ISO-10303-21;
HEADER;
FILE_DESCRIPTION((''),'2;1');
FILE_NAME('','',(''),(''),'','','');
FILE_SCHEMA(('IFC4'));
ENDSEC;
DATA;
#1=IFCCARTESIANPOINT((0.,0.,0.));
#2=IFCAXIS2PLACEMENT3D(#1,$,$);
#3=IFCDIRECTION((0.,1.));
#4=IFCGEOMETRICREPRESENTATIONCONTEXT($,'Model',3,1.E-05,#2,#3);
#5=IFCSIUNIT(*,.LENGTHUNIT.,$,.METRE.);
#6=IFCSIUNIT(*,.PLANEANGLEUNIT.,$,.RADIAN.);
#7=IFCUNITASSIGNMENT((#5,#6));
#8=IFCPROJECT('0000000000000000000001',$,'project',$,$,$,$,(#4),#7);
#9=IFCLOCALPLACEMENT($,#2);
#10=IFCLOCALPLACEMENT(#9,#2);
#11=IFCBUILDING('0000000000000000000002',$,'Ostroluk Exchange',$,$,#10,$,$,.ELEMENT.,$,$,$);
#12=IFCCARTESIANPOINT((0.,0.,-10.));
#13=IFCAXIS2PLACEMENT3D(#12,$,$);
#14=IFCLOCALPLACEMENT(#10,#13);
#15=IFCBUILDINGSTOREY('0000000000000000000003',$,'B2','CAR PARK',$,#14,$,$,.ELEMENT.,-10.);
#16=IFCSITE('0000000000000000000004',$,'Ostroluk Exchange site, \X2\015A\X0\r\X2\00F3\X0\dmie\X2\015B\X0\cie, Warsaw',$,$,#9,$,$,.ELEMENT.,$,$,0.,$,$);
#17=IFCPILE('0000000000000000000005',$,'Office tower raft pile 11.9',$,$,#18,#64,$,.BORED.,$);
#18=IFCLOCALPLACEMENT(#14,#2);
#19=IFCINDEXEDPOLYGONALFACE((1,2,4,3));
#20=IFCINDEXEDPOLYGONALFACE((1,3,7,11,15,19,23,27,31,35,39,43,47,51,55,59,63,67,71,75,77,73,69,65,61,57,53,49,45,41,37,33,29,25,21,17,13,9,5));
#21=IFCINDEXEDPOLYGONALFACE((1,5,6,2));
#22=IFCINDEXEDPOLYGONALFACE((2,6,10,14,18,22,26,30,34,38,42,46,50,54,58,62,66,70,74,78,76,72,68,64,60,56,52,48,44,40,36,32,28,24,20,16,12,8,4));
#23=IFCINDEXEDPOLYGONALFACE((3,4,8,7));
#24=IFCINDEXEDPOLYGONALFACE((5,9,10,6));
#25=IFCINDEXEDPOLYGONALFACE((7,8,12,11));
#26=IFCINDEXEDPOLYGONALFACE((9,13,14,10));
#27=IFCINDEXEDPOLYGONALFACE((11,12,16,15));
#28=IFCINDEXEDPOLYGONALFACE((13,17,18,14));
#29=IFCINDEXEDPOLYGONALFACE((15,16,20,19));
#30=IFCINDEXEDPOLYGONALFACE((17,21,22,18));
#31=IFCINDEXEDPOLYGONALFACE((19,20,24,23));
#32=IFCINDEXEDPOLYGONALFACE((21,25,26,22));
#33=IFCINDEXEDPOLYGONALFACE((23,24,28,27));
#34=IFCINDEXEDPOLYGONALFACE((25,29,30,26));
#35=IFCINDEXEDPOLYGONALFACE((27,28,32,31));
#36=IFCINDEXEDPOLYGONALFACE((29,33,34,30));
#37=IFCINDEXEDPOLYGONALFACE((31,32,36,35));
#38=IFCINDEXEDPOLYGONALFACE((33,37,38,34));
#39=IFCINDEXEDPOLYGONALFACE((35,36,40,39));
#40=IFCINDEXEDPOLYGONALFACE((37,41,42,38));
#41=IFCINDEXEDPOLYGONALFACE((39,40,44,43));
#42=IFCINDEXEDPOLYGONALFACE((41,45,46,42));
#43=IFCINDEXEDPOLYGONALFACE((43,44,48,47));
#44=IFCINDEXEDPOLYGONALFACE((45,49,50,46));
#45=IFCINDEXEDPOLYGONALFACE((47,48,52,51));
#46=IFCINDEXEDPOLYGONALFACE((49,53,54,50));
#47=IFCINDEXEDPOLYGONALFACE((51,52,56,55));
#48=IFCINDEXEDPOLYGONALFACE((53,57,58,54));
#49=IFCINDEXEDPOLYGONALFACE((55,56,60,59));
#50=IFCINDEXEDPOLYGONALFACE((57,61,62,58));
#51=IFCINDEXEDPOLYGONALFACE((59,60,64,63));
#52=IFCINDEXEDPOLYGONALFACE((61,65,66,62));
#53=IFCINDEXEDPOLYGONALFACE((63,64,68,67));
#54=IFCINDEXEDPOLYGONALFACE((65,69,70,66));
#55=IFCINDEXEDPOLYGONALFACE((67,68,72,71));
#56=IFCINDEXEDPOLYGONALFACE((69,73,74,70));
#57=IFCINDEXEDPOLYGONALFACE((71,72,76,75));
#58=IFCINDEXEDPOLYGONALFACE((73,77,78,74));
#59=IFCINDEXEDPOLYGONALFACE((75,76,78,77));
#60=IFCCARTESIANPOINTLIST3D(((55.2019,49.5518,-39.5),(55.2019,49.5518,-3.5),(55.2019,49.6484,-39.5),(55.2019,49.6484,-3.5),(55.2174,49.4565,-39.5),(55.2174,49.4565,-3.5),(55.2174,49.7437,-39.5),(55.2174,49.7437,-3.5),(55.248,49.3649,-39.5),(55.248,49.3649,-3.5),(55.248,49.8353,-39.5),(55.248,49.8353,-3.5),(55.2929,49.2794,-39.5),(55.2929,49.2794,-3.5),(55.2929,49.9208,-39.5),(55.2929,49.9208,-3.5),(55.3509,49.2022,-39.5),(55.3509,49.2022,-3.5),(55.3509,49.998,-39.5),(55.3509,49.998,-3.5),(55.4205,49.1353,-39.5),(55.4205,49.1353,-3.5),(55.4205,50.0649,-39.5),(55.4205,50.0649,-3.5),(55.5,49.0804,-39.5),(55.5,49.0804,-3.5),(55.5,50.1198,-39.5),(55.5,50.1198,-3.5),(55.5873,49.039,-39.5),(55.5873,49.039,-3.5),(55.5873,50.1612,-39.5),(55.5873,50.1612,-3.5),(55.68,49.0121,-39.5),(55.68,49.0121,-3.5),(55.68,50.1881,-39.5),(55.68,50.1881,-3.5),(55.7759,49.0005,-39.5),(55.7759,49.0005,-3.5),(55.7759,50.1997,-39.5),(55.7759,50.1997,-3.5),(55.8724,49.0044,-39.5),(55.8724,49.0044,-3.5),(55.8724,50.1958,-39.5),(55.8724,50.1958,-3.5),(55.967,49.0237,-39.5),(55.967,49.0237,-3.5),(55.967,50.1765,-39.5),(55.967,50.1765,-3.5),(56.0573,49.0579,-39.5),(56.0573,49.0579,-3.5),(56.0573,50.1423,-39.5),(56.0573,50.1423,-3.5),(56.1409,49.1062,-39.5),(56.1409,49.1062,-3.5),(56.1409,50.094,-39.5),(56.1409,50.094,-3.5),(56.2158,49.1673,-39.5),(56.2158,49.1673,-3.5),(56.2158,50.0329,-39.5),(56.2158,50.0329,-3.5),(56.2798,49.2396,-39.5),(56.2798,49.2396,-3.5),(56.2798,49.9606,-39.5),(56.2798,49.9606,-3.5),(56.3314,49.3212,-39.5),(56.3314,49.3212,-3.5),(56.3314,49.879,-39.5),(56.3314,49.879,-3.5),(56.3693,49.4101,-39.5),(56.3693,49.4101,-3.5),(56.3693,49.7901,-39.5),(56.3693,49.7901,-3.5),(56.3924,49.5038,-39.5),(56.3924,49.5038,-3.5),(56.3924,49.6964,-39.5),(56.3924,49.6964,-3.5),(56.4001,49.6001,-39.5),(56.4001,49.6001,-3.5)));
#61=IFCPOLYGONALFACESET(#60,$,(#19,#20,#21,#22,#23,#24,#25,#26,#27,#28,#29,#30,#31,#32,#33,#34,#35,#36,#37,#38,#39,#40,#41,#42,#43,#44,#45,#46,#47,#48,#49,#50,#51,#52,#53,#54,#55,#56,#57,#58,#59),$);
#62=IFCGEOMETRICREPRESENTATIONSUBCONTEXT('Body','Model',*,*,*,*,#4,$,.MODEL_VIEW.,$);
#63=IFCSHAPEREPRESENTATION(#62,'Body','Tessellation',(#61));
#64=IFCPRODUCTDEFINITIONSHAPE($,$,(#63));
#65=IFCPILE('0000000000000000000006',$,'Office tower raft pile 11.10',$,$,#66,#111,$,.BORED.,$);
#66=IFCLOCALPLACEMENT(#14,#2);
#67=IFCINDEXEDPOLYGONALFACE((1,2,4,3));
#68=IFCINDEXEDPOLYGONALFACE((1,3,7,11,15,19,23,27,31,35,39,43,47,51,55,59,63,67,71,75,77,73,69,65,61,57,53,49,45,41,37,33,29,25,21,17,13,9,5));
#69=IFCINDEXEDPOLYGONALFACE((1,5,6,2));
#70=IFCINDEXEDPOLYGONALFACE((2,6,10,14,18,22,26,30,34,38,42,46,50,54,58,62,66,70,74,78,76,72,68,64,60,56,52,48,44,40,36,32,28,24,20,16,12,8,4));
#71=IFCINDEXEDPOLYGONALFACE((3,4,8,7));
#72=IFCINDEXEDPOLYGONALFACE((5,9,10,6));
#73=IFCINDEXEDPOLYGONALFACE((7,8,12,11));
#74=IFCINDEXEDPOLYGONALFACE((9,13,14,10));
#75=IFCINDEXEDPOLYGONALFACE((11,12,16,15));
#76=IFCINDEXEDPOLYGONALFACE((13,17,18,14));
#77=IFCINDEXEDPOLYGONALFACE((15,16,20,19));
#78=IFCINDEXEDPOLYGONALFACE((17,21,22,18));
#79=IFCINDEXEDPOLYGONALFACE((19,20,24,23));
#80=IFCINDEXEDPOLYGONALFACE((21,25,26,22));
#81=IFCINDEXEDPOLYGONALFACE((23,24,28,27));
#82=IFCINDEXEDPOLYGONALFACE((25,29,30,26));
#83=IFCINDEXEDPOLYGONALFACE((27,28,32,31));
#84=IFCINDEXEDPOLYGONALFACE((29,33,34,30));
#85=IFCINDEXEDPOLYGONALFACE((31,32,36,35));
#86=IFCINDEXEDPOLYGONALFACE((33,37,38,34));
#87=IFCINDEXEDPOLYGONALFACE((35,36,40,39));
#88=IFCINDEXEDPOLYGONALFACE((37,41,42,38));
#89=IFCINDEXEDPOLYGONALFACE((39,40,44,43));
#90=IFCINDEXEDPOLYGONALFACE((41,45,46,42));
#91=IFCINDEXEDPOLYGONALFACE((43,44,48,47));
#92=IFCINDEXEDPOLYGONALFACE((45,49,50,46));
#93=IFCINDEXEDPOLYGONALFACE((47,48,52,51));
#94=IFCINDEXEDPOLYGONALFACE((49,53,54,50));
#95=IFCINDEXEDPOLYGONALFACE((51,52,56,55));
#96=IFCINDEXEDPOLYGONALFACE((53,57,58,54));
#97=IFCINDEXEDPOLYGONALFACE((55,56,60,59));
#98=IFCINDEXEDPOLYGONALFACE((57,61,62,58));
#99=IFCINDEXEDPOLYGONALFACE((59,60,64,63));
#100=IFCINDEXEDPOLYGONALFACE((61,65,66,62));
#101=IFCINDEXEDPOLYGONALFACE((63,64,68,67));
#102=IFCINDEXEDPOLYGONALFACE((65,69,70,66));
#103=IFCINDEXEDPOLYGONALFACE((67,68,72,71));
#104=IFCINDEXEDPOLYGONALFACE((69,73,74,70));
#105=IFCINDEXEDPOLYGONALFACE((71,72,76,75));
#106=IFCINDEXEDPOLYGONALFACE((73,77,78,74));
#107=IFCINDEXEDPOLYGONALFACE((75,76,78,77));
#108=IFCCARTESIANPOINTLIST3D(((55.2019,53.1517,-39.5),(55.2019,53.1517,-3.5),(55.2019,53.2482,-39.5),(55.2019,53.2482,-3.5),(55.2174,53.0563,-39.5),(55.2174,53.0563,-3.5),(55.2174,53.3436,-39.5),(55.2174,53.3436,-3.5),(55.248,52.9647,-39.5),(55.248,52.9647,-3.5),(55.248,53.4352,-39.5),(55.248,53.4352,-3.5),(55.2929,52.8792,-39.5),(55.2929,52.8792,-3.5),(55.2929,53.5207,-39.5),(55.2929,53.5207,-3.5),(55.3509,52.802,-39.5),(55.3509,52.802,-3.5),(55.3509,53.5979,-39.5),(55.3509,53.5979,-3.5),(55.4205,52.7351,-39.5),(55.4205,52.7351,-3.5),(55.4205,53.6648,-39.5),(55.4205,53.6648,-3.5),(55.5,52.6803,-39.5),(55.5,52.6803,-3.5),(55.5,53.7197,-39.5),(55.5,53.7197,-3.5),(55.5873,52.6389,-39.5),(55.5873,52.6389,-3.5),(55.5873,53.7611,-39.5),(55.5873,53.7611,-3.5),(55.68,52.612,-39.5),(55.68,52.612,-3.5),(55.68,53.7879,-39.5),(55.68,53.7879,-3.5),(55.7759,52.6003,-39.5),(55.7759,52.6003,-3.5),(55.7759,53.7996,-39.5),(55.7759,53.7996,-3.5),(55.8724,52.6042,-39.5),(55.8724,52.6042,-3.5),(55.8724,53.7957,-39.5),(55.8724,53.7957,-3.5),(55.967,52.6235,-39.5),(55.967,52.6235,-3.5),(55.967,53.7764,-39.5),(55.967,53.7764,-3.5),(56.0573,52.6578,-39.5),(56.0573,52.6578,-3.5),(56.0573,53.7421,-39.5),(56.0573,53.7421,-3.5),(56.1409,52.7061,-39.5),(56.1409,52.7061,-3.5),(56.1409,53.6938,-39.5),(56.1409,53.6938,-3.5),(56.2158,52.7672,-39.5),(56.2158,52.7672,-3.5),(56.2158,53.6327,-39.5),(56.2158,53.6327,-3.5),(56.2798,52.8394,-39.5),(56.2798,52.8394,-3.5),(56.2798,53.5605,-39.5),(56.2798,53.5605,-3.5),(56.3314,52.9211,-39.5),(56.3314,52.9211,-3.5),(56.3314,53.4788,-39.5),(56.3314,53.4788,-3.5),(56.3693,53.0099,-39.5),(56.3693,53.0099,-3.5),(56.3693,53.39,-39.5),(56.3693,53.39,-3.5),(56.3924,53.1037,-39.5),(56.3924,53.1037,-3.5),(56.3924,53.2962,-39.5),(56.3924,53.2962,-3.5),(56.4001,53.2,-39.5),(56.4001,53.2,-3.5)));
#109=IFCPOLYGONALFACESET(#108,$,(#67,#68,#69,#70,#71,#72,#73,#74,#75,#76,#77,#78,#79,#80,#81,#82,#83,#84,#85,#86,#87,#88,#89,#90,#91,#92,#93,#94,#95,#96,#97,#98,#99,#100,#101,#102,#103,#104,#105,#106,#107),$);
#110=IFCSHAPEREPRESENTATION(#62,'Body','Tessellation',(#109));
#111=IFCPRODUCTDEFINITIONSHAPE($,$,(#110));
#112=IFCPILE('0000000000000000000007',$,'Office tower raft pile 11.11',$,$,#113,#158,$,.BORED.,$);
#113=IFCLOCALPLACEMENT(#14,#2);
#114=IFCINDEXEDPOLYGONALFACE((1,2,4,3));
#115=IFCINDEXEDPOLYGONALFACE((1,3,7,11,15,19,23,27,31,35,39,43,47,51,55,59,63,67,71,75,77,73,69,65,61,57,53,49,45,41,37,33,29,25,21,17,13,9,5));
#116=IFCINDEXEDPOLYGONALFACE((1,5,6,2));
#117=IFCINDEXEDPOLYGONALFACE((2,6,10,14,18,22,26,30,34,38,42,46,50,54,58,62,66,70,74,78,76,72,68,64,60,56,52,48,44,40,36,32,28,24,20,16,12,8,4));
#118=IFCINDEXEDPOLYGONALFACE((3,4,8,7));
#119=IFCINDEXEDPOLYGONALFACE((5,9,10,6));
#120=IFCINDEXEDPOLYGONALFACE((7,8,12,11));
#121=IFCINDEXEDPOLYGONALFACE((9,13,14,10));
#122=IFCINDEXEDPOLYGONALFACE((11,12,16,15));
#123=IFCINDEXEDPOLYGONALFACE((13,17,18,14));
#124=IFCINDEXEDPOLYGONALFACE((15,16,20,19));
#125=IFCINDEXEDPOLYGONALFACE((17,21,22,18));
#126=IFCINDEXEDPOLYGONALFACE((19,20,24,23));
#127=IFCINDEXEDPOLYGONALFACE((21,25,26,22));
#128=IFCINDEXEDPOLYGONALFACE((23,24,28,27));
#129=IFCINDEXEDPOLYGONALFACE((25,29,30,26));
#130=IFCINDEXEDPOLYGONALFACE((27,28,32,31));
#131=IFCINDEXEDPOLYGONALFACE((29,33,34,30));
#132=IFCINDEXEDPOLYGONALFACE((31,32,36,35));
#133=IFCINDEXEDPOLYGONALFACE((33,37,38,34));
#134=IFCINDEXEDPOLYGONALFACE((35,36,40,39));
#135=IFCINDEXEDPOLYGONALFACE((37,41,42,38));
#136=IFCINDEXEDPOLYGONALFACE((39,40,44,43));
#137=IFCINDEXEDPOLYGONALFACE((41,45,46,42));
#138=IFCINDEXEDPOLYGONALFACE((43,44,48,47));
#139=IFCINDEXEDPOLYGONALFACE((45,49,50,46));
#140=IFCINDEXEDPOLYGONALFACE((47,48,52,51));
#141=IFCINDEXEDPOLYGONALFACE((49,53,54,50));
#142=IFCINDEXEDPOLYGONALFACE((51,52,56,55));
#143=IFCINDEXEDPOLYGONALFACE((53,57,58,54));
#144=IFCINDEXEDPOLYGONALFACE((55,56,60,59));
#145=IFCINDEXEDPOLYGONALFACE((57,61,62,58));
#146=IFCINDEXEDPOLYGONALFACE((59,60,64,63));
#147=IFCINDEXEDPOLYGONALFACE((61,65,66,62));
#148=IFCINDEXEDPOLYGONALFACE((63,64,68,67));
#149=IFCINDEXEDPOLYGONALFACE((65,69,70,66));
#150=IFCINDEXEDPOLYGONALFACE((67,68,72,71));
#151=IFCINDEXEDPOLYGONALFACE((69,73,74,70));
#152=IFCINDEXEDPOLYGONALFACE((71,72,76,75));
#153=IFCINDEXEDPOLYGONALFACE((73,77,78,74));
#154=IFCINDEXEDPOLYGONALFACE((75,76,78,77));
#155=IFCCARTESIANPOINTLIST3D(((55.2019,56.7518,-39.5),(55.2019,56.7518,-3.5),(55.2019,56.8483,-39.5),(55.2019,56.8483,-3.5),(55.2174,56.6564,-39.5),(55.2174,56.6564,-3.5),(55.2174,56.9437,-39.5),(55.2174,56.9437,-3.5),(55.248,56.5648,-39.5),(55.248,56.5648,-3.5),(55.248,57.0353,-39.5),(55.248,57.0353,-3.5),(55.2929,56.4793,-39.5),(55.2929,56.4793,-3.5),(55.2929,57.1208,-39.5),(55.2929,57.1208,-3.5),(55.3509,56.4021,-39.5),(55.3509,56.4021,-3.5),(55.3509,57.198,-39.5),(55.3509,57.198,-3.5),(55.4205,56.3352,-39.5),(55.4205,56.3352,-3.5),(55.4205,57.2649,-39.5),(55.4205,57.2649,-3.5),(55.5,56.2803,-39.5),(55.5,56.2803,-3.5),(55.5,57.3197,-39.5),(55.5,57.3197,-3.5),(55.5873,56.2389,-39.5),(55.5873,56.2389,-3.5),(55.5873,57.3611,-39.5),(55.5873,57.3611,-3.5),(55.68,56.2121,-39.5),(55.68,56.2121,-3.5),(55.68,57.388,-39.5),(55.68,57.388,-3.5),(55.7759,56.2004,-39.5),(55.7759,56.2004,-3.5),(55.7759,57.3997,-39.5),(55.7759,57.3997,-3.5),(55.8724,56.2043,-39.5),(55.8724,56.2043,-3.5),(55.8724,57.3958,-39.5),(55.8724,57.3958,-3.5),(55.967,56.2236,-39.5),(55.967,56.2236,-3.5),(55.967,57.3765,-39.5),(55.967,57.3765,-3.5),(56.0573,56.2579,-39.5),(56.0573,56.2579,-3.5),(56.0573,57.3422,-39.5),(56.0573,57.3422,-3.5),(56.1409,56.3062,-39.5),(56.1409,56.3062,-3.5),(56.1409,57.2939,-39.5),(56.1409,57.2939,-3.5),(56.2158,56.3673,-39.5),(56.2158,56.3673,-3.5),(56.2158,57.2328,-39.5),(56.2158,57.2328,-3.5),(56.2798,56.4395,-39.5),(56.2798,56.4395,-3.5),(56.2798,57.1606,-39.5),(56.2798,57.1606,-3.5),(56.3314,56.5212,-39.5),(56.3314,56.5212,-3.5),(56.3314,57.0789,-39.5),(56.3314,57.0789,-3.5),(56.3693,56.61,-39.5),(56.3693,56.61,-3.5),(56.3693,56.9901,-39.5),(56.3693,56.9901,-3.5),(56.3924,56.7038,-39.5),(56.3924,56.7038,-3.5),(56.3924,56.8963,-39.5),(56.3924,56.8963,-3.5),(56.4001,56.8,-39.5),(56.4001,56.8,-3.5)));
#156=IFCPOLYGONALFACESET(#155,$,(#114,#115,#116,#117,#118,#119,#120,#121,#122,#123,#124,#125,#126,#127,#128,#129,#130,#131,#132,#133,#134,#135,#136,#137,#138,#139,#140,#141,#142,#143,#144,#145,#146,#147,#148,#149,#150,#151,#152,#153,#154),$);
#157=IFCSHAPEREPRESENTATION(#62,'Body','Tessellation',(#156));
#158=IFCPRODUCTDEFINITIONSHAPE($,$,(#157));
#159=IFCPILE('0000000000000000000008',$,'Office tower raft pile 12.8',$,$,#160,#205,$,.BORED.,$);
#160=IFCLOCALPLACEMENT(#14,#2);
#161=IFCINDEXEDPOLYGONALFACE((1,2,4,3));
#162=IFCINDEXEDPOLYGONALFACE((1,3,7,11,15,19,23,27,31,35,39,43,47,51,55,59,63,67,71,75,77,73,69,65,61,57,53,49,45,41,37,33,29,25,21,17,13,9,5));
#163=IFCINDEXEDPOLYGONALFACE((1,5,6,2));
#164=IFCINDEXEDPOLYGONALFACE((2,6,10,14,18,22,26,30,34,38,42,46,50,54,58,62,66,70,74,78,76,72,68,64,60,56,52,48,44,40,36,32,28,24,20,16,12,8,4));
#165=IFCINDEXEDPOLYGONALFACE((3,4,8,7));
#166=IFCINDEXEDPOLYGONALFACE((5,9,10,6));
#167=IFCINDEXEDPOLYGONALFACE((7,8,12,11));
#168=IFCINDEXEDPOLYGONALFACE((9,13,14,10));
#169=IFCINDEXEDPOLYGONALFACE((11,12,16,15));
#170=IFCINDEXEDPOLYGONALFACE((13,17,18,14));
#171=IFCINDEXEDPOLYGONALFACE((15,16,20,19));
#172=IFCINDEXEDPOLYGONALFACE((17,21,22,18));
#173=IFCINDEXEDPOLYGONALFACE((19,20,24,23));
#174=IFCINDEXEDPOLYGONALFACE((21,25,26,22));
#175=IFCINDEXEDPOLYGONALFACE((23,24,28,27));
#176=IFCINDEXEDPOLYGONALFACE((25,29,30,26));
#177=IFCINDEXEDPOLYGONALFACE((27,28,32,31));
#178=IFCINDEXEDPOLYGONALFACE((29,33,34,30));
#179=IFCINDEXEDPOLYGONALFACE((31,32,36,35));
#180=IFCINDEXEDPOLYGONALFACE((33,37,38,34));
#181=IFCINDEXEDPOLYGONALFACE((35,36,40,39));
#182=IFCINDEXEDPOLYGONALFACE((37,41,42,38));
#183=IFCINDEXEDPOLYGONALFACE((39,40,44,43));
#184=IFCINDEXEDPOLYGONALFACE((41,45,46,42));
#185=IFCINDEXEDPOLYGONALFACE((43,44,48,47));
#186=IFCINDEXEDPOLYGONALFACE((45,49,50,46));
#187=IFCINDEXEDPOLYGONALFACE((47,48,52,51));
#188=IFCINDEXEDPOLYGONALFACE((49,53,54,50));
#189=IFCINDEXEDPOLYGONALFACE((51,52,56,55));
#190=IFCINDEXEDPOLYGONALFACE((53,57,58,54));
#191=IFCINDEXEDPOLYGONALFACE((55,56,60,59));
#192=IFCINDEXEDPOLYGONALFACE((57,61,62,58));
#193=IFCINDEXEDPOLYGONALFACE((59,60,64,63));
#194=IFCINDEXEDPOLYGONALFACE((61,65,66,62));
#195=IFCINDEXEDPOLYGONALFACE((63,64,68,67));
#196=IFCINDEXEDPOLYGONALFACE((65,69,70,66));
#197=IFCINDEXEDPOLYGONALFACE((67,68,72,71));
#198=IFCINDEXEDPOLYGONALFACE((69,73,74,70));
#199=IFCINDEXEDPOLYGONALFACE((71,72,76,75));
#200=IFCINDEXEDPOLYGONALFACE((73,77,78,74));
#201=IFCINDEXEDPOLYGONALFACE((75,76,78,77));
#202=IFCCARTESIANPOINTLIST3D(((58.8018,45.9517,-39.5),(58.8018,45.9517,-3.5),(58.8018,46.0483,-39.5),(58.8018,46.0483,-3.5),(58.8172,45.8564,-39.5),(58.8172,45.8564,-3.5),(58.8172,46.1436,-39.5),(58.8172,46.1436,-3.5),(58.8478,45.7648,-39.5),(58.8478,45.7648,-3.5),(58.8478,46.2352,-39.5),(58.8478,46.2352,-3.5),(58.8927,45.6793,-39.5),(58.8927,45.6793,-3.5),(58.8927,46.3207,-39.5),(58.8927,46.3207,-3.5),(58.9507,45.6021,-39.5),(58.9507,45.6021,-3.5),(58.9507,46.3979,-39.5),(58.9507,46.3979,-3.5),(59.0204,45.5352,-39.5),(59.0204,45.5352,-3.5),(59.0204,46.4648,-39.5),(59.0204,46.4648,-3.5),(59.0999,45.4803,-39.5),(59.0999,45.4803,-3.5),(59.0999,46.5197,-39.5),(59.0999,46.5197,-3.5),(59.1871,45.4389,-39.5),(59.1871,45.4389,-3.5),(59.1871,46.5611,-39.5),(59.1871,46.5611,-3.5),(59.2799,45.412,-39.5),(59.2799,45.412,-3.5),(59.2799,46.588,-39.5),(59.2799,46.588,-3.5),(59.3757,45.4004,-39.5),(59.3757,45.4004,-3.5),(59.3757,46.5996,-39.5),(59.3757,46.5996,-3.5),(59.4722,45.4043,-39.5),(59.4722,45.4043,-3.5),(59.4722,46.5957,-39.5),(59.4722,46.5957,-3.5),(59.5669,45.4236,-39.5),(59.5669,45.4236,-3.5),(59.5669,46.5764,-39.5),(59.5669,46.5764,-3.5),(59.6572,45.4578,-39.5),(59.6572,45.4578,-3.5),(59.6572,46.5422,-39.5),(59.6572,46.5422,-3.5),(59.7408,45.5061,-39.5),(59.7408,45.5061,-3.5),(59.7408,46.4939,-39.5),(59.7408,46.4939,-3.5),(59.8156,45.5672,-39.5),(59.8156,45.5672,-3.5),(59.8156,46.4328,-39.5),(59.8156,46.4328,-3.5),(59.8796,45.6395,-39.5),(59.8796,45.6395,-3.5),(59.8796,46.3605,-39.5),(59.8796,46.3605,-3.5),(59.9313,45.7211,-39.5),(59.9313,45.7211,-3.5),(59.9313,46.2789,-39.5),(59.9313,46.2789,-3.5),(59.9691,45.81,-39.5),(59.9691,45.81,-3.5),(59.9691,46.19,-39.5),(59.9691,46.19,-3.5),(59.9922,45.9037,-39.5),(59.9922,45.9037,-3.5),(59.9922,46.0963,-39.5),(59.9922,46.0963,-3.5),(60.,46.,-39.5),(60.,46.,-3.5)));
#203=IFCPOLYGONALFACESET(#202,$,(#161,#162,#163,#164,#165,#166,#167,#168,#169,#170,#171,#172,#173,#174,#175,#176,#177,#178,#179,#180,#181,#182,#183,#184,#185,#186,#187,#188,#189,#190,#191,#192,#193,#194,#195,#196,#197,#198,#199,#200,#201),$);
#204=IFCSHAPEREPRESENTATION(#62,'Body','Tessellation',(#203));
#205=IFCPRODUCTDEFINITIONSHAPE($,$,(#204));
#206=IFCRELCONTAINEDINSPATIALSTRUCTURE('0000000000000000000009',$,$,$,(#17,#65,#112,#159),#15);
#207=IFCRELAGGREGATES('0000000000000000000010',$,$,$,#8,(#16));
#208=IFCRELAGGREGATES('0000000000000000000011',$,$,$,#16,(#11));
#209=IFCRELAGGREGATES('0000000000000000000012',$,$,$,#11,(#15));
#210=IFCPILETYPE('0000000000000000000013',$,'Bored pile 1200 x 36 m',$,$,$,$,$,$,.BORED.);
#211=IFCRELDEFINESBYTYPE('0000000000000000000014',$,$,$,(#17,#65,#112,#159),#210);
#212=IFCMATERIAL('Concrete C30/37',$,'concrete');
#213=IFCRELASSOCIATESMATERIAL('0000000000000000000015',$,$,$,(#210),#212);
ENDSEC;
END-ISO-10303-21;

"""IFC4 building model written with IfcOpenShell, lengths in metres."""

from ifc_helpers import new_model, si_unit, direction, frame, origin, origin_2d, place, context, subcontext, project, spatial, circle, extrude, material, type_object, element, save


model = new_model("IFC4")

# Units and contexts
model_context = context("Model", 3, precision=1e-05, world=origin(), true_north=direction((0.0, 1.0)))
body_context = subcontext(model_context, "Body", "Model", "MODEL_VIEW")
ifc_project = project(units=[si_unit("LENGTHUNIT", "METRE"), si_unit("PLANEANGLEUNIT", "RADIAN")], contexts=[model_context])

# Site, building, storey
site_placement = place(None, origin())
site = spatial("IfcSite", under=ifc_project, at=site_placement, Name="Ostroluk Exchange site, Śródmieście, Warsaw", CompositionType="ELEMENT", RefElevation=0.0)
building_placement = place(site_placement, origin())
building = spatial("IfcBuilding", under=site, at=building_placement, Name="Ostroluk Exchange", CompositionType="ELEMENT")
storey_placement = place(building_placement, frame((0.0, 0.0, -10.0)))
storey = spatial("IfcBuildingStorey", under=building, at=storey_placement, Name="B2", Description="CAR PARK", CompositionType="ELEMENT", Elevation=-10.0)

# Piles
ifc_material_1 = material(Name="Concrete C30/37", Category="concrete")
pile_type_1 = type_object("IfcPileType", Name="Bored pile 1200 x 36 m", PredefinedType="BORED", material=ifc_material_1)
for number, where, z_axis, x_axis, name in (
    (1, (55.8, 49.6001, -3.5), (0.0, 0.0, -1.0), (1.0, 0.0, 0.0), "Office tower raft pile 11.9"),
    (2, (55.8, 53.2, -3.5), (0.0, 0.0, -1.0), (1.0, 0.0, 0.0), "Office tower raft pile 11.10"),
    (3, (55.8, 56.8, -3.5), (0.0, 0.0, -1.0), (1.0, 0.0, 0.0), "Office tower raft pile 11.11"),
    (4, (59.3999, 46.0, -3.5), (0.0, 0.0, -1.0), (1.0, 0.0, 0.0), "Office tower raft pile 12.8"),
):
    element("IfcPile", number, at=place(storey_placement, frame(where, z_axis=z_axis, x_axis=x_axis)), inside=storey, type_object=pile_type_1, Name=name, PredefinedType="BORED", context=body_context, shape_type="SweptSolid", body=[
        extrude(circle(Radius=0.6001, at=origin_2d()), origin(), (0.0, 0.0, 1.0), 36.0),
    ])

save(model, "model.ifc")
